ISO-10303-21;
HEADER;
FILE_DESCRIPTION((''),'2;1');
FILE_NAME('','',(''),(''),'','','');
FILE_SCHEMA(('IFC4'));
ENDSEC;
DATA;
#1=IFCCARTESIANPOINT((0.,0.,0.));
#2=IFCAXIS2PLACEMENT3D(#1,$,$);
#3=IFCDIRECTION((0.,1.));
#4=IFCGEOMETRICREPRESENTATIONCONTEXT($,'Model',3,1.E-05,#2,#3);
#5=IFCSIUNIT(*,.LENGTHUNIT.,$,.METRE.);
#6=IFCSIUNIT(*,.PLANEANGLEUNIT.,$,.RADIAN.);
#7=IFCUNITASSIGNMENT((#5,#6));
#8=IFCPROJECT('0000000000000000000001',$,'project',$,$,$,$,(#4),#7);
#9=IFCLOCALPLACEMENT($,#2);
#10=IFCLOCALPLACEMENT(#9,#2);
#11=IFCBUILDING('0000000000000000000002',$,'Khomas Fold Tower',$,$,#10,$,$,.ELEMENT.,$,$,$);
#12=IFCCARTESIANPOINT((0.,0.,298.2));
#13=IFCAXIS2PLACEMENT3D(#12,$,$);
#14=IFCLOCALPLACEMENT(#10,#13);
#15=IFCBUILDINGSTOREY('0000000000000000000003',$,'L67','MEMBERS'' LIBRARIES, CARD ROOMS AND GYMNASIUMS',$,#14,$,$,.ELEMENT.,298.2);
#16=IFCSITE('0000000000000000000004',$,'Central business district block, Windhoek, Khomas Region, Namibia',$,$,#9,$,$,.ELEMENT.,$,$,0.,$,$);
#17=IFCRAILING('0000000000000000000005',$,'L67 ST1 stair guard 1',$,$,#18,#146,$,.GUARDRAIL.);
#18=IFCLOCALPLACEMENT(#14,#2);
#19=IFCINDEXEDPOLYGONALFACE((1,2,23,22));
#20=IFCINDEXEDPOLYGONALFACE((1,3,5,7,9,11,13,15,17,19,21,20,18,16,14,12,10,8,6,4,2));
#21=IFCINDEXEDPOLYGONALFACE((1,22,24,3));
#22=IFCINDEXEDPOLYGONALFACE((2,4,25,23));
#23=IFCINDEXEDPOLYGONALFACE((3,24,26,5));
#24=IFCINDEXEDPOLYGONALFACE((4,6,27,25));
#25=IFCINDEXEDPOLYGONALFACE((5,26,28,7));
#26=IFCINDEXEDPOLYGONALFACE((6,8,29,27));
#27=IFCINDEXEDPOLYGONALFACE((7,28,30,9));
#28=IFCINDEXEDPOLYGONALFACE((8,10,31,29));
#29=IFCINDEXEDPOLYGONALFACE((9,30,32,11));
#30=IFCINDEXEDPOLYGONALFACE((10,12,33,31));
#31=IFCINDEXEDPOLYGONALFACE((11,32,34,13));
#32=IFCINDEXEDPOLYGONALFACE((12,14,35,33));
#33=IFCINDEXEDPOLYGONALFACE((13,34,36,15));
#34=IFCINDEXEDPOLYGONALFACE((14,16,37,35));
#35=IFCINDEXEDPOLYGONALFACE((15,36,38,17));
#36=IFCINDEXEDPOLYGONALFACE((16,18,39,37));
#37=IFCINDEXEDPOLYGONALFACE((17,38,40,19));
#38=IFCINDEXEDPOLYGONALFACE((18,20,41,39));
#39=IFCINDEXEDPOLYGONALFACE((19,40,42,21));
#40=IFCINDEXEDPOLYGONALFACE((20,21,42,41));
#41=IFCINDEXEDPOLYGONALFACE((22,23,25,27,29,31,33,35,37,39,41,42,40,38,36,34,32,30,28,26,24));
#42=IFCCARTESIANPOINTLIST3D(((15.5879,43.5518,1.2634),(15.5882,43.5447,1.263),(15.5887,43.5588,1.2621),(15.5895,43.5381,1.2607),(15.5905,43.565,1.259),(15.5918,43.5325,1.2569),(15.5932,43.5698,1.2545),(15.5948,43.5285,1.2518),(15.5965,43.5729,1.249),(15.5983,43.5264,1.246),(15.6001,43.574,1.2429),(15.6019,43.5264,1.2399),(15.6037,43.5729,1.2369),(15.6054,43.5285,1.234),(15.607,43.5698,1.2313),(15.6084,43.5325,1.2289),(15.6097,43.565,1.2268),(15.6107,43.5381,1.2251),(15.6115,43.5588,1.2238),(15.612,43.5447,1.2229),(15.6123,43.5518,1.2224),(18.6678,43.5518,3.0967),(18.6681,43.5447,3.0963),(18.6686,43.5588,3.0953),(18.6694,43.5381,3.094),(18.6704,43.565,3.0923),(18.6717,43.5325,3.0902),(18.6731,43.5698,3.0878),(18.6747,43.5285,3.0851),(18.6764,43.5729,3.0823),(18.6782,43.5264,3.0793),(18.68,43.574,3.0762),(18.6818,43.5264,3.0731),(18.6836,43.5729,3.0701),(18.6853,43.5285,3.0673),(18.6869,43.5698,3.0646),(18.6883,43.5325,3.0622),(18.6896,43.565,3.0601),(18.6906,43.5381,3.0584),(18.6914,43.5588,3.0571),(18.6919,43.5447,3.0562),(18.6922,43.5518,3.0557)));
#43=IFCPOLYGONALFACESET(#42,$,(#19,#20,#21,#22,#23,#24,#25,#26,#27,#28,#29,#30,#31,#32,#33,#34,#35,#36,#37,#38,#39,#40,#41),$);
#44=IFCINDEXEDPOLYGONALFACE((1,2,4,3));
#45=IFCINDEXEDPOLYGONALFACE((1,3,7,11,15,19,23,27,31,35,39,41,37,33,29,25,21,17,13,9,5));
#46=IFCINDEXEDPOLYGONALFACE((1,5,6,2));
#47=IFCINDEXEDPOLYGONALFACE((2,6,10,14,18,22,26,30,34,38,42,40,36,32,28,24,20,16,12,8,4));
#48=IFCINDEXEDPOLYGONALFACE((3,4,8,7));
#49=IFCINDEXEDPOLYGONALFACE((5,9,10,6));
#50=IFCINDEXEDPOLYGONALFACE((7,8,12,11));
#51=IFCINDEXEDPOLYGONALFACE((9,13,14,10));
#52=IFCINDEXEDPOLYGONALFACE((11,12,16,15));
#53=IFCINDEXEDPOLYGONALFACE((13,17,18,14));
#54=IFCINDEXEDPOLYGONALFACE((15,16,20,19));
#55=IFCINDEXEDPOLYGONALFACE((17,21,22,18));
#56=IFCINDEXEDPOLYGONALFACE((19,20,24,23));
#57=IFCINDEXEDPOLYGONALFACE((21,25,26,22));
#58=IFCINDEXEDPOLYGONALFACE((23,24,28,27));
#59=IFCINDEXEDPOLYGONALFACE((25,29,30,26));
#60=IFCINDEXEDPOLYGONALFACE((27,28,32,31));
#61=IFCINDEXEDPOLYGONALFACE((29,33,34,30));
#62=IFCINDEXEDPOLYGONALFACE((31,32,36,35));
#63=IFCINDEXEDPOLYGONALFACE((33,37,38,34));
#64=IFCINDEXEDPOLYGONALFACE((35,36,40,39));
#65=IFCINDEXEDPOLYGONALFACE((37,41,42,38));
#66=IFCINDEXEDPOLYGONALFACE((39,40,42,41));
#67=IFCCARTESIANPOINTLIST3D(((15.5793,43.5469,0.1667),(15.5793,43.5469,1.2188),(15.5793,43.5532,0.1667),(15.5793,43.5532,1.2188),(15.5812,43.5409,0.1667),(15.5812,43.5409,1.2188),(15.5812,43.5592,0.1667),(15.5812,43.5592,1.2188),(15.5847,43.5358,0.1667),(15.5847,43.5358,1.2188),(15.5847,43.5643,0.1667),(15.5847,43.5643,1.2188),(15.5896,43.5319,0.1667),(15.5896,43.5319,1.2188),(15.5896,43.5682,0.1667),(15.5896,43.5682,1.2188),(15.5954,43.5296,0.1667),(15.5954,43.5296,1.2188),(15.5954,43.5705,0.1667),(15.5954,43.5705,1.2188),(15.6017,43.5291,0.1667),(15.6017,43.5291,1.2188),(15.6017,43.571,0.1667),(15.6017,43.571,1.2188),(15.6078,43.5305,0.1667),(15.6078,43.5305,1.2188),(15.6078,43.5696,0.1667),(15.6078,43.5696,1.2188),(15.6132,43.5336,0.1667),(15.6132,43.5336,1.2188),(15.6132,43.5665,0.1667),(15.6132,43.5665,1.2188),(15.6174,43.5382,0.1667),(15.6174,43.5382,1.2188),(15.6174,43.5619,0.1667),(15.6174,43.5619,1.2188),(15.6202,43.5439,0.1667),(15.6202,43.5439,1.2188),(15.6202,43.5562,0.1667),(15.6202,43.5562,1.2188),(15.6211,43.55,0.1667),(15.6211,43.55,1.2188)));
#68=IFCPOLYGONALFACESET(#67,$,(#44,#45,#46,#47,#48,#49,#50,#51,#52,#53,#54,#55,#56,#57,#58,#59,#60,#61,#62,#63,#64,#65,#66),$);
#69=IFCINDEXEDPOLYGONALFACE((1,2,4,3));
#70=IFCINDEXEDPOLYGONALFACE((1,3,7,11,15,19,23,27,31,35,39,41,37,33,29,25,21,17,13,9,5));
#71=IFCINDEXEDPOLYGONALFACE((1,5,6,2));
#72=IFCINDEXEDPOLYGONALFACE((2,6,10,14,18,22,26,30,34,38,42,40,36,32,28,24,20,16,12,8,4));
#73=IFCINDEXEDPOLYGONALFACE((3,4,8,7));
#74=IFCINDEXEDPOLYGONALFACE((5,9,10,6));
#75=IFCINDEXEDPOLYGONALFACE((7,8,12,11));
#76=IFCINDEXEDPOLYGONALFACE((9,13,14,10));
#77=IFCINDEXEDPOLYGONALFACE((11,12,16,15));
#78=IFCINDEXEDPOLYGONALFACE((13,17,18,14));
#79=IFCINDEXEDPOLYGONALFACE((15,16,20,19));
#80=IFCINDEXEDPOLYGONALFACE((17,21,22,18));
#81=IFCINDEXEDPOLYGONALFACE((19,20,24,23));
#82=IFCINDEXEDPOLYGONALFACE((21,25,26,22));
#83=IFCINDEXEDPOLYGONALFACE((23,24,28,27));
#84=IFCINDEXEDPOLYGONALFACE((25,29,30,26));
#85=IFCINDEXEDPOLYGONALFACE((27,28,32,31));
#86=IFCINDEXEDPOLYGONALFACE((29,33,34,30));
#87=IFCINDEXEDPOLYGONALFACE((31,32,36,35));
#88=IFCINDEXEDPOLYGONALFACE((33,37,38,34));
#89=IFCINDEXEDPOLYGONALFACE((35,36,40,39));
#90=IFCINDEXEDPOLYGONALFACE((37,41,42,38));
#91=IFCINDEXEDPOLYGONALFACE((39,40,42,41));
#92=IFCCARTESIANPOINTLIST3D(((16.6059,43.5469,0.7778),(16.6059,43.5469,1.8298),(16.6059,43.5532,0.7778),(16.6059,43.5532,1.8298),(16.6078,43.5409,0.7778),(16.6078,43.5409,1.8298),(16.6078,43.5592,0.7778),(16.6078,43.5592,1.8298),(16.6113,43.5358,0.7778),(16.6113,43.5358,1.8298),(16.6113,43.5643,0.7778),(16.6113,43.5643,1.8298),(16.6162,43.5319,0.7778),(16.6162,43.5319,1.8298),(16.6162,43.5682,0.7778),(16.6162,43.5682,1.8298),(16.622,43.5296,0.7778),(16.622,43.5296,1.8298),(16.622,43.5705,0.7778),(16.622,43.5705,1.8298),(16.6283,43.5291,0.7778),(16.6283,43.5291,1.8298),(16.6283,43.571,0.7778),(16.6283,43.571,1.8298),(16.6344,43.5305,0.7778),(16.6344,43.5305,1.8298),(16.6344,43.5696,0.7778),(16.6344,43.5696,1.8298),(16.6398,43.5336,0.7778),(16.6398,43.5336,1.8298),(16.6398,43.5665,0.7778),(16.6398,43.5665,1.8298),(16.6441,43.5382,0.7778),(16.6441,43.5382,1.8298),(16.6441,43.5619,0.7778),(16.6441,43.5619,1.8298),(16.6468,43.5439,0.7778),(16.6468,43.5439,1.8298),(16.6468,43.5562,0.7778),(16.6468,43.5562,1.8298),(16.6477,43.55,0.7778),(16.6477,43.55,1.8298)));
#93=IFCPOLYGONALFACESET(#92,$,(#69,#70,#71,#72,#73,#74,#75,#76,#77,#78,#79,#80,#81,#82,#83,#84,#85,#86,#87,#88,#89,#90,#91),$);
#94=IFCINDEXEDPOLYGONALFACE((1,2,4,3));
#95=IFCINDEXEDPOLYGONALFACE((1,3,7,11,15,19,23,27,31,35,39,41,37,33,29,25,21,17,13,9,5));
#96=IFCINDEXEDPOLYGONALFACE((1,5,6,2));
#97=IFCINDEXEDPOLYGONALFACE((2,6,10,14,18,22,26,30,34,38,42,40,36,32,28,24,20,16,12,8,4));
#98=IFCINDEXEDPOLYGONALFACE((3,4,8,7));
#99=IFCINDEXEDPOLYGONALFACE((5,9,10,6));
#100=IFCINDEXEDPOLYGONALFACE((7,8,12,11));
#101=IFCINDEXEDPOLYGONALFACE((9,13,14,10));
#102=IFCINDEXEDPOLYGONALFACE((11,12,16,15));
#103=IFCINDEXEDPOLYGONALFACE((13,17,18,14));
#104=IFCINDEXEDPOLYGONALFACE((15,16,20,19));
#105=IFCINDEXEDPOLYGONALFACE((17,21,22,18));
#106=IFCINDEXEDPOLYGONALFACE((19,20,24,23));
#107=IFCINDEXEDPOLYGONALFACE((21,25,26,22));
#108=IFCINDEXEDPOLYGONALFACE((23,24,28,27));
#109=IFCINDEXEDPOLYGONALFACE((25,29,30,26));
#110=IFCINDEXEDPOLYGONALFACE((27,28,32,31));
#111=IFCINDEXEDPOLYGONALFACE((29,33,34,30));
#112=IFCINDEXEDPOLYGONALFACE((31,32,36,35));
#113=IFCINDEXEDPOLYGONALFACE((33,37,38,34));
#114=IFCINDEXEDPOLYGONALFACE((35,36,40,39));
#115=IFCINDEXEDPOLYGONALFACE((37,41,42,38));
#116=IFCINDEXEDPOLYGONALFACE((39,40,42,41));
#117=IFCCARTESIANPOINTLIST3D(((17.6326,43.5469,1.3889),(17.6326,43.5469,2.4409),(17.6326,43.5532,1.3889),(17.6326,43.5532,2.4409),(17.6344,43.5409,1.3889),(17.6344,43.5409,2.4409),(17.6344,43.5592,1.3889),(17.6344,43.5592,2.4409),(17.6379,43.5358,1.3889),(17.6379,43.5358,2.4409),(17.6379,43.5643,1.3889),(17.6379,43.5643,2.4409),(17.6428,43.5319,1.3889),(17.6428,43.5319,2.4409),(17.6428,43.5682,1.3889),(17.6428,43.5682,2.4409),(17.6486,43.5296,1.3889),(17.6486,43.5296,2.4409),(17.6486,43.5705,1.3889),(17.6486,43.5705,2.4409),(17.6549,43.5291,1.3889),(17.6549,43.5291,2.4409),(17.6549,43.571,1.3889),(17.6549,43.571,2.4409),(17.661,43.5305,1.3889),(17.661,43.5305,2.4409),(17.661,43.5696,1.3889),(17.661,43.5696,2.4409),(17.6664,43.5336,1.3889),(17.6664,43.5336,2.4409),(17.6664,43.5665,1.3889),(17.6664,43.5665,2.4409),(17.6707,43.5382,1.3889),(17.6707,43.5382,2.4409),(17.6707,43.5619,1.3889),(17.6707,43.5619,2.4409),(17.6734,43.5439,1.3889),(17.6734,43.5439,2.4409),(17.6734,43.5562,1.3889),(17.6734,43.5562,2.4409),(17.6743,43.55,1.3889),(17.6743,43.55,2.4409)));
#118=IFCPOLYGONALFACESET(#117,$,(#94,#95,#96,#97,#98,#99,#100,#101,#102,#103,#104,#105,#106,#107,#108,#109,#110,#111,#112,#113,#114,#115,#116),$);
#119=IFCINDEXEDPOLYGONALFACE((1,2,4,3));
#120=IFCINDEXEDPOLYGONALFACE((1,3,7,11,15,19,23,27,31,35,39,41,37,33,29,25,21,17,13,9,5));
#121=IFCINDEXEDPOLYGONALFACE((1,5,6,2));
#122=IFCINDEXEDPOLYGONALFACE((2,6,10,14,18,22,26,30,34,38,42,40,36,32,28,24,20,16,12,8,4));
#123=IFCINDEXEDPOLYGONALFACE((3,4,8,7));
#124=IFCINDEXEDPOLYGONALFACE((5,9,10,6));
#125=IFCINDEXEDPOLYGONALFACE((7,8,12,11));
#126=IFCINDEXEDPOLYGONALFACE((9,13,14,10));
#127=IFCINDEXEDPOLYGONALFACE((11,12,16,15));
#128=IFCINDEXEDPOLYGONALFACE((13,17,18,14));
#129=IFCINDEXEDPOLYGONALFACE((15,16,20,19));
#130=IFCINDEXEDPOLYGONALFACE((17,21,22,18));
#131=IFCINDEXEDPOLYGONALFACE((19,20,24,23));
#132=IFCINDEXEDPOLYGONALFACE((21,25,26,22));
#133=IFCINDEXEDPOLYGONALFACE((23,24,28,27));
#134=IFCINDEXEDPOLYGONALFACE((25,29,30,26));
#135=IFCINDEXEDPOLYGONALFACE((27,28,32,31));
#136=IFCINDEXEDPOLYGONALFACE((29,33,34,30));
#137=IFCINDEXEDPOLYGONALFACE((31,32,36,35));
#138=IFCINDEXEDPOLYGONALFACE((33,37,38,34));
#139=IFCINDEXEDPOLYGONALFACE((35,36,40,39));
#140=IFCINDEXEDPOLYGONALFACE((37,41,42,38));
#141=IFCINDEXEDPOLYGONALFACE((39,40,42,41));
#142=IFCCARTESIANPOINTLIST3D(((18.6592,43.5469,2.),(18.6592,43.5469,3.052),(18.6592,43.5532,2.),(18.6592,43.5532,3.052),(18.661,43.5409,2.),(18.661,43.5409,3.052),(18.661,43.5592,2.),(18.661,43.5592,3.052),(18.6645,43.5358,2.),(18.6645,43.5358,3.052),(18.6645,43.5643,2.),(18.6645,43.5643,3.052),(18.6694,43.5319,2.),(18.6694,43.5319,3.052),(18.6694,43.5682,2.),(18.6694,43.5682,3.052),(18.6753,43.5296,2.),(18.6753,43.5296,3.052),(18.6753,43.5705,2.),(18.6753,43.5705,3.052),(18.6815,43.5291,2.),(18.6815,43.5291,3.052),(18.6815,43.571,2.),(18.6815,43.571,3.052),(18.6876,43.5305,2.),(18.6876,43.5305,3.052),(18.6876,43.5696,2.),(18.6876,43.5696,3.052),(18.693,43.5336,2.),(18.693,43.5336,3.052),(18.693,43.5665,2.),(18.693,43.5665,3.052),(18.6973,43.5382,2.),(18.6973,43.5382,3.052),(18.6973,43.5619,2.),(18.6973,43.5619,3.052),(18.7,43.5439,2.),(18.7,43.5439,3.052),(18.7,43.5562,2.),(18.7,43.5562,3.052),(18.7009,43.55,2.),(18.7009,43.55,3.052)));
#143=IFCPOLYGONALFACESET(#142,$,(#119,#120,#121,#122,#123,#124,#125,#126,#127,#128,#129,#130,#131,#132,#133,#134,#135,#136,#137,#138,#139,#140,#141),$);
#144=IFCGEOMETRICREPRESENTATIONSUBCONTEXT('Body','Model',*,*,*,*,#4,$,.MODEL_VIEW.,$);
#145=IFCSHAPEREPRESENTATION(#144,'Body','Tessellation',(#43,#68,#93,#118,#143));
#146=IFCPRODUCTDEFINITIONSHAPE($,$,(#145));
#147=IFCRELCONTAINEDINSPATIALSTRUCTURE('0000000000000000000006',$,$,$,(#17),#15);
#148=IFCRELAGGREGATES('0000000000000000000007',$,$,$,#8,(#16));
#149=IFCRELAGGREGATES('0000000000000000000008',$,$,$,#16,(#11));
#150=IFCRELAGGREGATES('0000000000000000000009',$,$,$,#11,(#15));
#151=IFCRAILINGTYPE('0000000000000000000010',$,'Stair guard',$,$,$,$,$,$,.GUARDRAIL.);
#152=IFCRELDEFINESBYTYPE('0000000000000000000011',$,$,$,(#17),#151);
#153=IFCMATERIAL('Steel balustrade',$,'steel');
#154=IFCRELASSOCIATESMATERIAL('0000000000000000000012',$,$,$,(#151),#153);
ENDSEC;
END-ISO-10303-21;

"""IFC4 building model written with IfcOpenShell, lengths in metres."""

from ifc_helpers import new_model, si_unit, direction, frame, origin, origin_2d, place, context, subcontext, project, spatial, circle, extrude, source, transform, mapped, material, type_object, element, save


model = new_model("IFC4")

# Units and contexts
model_context = context("Model", 3, precision=1e-05, world=origin(), true_north=direction((0.0, 1.0)))
body_context = subcontext(model_context, "Body", "Model", "MODEL_VIEW")
ifc_project = project(units=[si_unit("LENGTHUNIT", "METRE"), si_unit("PLANEANGLEUNIT", "RADIAN")], contexts=[model_context])

# Site, building, storey
site_placement = place(None, origin())
site = spatial("IfcSite", under=ifc_project, at=site_placement, Name="Central business district block, Windhoek, Khomas Region, Namibia", CompositionType="ELEMENT", RefElevation=0.0)
building_placement = place(site_placement, origin())
building = spatial("IfcBuilding", under=site, at=building_placement, Name="Khomas Fold Tower", CompositionType="ELEMENT")
storey_placement = place(building_placement, frame((0.0, 0.0, 298.2)))
storey = spatial("IfcBuildingStorey", under=building, at=storey_placement, Name="L67", Description="MEMBERS' LIBRARIES, CARD ROOMS AND GYMNASIUMS", CompositionType="ELEMENT", Elevation=298.2)

# Railing
ifc_material_1 = material(Name="Steel balustrade", Category="steel")
railing_type_1 = type_object("IfcRailingType", Name="Stair guard", PredefinedType="GUARDRAIL", material=ifc_material_1)
shared_shape_1 = source(origin(), body_context, "Body", "SweptSolid", [
    extrude(circle(Radius=0.0239, at=origin_2d()), frame((0.0, 0.0, 1.0762), z_axis=(0.859291, 0.0, 0.511487), x_axis=(0.0, 1.0, 0.0)), (0.0, 0.0, 1.0), 3.5842),
    extrude(circle(Radius=0.021, at=origin_2d()), origin(), (0.0, 0.0, 1.0), 1.052),
    extrude(circle(Radius=0.021, at=origin_2d()), frame((1.0266, 0.0, 0.6111)), (0.0, 0.0, 1.0), 1.052),
    extrude(circle(Radius=0.021, at=origin_2d()), frame((2.0532, 0.0, 1.2222)), (0.0, 0.0, 1.0), 1.052),
    extrude(circle(Radius=0.021, at=origin_2d()), frame((3.0798, 0.0, 1.8333)), (0.0, 0.0, 1.0), 1.052),
])
railing_1_placement = place(storey_placement, frame((15.6001, 43.55, 0.1667)))
element("IfcRailing", 1, at=railing_1_placement, inside=storey, type_object=railing_type_1, Name="L67 ST1 stair guard 1", PredefinedType="GUARDRAIL", context=body_context, shape_type="MappedRepresentation", body=[
    mapped(shared_shape_1, transform((0.0, 0.0, 0.0))),
])

save(model, "model.ifc")
